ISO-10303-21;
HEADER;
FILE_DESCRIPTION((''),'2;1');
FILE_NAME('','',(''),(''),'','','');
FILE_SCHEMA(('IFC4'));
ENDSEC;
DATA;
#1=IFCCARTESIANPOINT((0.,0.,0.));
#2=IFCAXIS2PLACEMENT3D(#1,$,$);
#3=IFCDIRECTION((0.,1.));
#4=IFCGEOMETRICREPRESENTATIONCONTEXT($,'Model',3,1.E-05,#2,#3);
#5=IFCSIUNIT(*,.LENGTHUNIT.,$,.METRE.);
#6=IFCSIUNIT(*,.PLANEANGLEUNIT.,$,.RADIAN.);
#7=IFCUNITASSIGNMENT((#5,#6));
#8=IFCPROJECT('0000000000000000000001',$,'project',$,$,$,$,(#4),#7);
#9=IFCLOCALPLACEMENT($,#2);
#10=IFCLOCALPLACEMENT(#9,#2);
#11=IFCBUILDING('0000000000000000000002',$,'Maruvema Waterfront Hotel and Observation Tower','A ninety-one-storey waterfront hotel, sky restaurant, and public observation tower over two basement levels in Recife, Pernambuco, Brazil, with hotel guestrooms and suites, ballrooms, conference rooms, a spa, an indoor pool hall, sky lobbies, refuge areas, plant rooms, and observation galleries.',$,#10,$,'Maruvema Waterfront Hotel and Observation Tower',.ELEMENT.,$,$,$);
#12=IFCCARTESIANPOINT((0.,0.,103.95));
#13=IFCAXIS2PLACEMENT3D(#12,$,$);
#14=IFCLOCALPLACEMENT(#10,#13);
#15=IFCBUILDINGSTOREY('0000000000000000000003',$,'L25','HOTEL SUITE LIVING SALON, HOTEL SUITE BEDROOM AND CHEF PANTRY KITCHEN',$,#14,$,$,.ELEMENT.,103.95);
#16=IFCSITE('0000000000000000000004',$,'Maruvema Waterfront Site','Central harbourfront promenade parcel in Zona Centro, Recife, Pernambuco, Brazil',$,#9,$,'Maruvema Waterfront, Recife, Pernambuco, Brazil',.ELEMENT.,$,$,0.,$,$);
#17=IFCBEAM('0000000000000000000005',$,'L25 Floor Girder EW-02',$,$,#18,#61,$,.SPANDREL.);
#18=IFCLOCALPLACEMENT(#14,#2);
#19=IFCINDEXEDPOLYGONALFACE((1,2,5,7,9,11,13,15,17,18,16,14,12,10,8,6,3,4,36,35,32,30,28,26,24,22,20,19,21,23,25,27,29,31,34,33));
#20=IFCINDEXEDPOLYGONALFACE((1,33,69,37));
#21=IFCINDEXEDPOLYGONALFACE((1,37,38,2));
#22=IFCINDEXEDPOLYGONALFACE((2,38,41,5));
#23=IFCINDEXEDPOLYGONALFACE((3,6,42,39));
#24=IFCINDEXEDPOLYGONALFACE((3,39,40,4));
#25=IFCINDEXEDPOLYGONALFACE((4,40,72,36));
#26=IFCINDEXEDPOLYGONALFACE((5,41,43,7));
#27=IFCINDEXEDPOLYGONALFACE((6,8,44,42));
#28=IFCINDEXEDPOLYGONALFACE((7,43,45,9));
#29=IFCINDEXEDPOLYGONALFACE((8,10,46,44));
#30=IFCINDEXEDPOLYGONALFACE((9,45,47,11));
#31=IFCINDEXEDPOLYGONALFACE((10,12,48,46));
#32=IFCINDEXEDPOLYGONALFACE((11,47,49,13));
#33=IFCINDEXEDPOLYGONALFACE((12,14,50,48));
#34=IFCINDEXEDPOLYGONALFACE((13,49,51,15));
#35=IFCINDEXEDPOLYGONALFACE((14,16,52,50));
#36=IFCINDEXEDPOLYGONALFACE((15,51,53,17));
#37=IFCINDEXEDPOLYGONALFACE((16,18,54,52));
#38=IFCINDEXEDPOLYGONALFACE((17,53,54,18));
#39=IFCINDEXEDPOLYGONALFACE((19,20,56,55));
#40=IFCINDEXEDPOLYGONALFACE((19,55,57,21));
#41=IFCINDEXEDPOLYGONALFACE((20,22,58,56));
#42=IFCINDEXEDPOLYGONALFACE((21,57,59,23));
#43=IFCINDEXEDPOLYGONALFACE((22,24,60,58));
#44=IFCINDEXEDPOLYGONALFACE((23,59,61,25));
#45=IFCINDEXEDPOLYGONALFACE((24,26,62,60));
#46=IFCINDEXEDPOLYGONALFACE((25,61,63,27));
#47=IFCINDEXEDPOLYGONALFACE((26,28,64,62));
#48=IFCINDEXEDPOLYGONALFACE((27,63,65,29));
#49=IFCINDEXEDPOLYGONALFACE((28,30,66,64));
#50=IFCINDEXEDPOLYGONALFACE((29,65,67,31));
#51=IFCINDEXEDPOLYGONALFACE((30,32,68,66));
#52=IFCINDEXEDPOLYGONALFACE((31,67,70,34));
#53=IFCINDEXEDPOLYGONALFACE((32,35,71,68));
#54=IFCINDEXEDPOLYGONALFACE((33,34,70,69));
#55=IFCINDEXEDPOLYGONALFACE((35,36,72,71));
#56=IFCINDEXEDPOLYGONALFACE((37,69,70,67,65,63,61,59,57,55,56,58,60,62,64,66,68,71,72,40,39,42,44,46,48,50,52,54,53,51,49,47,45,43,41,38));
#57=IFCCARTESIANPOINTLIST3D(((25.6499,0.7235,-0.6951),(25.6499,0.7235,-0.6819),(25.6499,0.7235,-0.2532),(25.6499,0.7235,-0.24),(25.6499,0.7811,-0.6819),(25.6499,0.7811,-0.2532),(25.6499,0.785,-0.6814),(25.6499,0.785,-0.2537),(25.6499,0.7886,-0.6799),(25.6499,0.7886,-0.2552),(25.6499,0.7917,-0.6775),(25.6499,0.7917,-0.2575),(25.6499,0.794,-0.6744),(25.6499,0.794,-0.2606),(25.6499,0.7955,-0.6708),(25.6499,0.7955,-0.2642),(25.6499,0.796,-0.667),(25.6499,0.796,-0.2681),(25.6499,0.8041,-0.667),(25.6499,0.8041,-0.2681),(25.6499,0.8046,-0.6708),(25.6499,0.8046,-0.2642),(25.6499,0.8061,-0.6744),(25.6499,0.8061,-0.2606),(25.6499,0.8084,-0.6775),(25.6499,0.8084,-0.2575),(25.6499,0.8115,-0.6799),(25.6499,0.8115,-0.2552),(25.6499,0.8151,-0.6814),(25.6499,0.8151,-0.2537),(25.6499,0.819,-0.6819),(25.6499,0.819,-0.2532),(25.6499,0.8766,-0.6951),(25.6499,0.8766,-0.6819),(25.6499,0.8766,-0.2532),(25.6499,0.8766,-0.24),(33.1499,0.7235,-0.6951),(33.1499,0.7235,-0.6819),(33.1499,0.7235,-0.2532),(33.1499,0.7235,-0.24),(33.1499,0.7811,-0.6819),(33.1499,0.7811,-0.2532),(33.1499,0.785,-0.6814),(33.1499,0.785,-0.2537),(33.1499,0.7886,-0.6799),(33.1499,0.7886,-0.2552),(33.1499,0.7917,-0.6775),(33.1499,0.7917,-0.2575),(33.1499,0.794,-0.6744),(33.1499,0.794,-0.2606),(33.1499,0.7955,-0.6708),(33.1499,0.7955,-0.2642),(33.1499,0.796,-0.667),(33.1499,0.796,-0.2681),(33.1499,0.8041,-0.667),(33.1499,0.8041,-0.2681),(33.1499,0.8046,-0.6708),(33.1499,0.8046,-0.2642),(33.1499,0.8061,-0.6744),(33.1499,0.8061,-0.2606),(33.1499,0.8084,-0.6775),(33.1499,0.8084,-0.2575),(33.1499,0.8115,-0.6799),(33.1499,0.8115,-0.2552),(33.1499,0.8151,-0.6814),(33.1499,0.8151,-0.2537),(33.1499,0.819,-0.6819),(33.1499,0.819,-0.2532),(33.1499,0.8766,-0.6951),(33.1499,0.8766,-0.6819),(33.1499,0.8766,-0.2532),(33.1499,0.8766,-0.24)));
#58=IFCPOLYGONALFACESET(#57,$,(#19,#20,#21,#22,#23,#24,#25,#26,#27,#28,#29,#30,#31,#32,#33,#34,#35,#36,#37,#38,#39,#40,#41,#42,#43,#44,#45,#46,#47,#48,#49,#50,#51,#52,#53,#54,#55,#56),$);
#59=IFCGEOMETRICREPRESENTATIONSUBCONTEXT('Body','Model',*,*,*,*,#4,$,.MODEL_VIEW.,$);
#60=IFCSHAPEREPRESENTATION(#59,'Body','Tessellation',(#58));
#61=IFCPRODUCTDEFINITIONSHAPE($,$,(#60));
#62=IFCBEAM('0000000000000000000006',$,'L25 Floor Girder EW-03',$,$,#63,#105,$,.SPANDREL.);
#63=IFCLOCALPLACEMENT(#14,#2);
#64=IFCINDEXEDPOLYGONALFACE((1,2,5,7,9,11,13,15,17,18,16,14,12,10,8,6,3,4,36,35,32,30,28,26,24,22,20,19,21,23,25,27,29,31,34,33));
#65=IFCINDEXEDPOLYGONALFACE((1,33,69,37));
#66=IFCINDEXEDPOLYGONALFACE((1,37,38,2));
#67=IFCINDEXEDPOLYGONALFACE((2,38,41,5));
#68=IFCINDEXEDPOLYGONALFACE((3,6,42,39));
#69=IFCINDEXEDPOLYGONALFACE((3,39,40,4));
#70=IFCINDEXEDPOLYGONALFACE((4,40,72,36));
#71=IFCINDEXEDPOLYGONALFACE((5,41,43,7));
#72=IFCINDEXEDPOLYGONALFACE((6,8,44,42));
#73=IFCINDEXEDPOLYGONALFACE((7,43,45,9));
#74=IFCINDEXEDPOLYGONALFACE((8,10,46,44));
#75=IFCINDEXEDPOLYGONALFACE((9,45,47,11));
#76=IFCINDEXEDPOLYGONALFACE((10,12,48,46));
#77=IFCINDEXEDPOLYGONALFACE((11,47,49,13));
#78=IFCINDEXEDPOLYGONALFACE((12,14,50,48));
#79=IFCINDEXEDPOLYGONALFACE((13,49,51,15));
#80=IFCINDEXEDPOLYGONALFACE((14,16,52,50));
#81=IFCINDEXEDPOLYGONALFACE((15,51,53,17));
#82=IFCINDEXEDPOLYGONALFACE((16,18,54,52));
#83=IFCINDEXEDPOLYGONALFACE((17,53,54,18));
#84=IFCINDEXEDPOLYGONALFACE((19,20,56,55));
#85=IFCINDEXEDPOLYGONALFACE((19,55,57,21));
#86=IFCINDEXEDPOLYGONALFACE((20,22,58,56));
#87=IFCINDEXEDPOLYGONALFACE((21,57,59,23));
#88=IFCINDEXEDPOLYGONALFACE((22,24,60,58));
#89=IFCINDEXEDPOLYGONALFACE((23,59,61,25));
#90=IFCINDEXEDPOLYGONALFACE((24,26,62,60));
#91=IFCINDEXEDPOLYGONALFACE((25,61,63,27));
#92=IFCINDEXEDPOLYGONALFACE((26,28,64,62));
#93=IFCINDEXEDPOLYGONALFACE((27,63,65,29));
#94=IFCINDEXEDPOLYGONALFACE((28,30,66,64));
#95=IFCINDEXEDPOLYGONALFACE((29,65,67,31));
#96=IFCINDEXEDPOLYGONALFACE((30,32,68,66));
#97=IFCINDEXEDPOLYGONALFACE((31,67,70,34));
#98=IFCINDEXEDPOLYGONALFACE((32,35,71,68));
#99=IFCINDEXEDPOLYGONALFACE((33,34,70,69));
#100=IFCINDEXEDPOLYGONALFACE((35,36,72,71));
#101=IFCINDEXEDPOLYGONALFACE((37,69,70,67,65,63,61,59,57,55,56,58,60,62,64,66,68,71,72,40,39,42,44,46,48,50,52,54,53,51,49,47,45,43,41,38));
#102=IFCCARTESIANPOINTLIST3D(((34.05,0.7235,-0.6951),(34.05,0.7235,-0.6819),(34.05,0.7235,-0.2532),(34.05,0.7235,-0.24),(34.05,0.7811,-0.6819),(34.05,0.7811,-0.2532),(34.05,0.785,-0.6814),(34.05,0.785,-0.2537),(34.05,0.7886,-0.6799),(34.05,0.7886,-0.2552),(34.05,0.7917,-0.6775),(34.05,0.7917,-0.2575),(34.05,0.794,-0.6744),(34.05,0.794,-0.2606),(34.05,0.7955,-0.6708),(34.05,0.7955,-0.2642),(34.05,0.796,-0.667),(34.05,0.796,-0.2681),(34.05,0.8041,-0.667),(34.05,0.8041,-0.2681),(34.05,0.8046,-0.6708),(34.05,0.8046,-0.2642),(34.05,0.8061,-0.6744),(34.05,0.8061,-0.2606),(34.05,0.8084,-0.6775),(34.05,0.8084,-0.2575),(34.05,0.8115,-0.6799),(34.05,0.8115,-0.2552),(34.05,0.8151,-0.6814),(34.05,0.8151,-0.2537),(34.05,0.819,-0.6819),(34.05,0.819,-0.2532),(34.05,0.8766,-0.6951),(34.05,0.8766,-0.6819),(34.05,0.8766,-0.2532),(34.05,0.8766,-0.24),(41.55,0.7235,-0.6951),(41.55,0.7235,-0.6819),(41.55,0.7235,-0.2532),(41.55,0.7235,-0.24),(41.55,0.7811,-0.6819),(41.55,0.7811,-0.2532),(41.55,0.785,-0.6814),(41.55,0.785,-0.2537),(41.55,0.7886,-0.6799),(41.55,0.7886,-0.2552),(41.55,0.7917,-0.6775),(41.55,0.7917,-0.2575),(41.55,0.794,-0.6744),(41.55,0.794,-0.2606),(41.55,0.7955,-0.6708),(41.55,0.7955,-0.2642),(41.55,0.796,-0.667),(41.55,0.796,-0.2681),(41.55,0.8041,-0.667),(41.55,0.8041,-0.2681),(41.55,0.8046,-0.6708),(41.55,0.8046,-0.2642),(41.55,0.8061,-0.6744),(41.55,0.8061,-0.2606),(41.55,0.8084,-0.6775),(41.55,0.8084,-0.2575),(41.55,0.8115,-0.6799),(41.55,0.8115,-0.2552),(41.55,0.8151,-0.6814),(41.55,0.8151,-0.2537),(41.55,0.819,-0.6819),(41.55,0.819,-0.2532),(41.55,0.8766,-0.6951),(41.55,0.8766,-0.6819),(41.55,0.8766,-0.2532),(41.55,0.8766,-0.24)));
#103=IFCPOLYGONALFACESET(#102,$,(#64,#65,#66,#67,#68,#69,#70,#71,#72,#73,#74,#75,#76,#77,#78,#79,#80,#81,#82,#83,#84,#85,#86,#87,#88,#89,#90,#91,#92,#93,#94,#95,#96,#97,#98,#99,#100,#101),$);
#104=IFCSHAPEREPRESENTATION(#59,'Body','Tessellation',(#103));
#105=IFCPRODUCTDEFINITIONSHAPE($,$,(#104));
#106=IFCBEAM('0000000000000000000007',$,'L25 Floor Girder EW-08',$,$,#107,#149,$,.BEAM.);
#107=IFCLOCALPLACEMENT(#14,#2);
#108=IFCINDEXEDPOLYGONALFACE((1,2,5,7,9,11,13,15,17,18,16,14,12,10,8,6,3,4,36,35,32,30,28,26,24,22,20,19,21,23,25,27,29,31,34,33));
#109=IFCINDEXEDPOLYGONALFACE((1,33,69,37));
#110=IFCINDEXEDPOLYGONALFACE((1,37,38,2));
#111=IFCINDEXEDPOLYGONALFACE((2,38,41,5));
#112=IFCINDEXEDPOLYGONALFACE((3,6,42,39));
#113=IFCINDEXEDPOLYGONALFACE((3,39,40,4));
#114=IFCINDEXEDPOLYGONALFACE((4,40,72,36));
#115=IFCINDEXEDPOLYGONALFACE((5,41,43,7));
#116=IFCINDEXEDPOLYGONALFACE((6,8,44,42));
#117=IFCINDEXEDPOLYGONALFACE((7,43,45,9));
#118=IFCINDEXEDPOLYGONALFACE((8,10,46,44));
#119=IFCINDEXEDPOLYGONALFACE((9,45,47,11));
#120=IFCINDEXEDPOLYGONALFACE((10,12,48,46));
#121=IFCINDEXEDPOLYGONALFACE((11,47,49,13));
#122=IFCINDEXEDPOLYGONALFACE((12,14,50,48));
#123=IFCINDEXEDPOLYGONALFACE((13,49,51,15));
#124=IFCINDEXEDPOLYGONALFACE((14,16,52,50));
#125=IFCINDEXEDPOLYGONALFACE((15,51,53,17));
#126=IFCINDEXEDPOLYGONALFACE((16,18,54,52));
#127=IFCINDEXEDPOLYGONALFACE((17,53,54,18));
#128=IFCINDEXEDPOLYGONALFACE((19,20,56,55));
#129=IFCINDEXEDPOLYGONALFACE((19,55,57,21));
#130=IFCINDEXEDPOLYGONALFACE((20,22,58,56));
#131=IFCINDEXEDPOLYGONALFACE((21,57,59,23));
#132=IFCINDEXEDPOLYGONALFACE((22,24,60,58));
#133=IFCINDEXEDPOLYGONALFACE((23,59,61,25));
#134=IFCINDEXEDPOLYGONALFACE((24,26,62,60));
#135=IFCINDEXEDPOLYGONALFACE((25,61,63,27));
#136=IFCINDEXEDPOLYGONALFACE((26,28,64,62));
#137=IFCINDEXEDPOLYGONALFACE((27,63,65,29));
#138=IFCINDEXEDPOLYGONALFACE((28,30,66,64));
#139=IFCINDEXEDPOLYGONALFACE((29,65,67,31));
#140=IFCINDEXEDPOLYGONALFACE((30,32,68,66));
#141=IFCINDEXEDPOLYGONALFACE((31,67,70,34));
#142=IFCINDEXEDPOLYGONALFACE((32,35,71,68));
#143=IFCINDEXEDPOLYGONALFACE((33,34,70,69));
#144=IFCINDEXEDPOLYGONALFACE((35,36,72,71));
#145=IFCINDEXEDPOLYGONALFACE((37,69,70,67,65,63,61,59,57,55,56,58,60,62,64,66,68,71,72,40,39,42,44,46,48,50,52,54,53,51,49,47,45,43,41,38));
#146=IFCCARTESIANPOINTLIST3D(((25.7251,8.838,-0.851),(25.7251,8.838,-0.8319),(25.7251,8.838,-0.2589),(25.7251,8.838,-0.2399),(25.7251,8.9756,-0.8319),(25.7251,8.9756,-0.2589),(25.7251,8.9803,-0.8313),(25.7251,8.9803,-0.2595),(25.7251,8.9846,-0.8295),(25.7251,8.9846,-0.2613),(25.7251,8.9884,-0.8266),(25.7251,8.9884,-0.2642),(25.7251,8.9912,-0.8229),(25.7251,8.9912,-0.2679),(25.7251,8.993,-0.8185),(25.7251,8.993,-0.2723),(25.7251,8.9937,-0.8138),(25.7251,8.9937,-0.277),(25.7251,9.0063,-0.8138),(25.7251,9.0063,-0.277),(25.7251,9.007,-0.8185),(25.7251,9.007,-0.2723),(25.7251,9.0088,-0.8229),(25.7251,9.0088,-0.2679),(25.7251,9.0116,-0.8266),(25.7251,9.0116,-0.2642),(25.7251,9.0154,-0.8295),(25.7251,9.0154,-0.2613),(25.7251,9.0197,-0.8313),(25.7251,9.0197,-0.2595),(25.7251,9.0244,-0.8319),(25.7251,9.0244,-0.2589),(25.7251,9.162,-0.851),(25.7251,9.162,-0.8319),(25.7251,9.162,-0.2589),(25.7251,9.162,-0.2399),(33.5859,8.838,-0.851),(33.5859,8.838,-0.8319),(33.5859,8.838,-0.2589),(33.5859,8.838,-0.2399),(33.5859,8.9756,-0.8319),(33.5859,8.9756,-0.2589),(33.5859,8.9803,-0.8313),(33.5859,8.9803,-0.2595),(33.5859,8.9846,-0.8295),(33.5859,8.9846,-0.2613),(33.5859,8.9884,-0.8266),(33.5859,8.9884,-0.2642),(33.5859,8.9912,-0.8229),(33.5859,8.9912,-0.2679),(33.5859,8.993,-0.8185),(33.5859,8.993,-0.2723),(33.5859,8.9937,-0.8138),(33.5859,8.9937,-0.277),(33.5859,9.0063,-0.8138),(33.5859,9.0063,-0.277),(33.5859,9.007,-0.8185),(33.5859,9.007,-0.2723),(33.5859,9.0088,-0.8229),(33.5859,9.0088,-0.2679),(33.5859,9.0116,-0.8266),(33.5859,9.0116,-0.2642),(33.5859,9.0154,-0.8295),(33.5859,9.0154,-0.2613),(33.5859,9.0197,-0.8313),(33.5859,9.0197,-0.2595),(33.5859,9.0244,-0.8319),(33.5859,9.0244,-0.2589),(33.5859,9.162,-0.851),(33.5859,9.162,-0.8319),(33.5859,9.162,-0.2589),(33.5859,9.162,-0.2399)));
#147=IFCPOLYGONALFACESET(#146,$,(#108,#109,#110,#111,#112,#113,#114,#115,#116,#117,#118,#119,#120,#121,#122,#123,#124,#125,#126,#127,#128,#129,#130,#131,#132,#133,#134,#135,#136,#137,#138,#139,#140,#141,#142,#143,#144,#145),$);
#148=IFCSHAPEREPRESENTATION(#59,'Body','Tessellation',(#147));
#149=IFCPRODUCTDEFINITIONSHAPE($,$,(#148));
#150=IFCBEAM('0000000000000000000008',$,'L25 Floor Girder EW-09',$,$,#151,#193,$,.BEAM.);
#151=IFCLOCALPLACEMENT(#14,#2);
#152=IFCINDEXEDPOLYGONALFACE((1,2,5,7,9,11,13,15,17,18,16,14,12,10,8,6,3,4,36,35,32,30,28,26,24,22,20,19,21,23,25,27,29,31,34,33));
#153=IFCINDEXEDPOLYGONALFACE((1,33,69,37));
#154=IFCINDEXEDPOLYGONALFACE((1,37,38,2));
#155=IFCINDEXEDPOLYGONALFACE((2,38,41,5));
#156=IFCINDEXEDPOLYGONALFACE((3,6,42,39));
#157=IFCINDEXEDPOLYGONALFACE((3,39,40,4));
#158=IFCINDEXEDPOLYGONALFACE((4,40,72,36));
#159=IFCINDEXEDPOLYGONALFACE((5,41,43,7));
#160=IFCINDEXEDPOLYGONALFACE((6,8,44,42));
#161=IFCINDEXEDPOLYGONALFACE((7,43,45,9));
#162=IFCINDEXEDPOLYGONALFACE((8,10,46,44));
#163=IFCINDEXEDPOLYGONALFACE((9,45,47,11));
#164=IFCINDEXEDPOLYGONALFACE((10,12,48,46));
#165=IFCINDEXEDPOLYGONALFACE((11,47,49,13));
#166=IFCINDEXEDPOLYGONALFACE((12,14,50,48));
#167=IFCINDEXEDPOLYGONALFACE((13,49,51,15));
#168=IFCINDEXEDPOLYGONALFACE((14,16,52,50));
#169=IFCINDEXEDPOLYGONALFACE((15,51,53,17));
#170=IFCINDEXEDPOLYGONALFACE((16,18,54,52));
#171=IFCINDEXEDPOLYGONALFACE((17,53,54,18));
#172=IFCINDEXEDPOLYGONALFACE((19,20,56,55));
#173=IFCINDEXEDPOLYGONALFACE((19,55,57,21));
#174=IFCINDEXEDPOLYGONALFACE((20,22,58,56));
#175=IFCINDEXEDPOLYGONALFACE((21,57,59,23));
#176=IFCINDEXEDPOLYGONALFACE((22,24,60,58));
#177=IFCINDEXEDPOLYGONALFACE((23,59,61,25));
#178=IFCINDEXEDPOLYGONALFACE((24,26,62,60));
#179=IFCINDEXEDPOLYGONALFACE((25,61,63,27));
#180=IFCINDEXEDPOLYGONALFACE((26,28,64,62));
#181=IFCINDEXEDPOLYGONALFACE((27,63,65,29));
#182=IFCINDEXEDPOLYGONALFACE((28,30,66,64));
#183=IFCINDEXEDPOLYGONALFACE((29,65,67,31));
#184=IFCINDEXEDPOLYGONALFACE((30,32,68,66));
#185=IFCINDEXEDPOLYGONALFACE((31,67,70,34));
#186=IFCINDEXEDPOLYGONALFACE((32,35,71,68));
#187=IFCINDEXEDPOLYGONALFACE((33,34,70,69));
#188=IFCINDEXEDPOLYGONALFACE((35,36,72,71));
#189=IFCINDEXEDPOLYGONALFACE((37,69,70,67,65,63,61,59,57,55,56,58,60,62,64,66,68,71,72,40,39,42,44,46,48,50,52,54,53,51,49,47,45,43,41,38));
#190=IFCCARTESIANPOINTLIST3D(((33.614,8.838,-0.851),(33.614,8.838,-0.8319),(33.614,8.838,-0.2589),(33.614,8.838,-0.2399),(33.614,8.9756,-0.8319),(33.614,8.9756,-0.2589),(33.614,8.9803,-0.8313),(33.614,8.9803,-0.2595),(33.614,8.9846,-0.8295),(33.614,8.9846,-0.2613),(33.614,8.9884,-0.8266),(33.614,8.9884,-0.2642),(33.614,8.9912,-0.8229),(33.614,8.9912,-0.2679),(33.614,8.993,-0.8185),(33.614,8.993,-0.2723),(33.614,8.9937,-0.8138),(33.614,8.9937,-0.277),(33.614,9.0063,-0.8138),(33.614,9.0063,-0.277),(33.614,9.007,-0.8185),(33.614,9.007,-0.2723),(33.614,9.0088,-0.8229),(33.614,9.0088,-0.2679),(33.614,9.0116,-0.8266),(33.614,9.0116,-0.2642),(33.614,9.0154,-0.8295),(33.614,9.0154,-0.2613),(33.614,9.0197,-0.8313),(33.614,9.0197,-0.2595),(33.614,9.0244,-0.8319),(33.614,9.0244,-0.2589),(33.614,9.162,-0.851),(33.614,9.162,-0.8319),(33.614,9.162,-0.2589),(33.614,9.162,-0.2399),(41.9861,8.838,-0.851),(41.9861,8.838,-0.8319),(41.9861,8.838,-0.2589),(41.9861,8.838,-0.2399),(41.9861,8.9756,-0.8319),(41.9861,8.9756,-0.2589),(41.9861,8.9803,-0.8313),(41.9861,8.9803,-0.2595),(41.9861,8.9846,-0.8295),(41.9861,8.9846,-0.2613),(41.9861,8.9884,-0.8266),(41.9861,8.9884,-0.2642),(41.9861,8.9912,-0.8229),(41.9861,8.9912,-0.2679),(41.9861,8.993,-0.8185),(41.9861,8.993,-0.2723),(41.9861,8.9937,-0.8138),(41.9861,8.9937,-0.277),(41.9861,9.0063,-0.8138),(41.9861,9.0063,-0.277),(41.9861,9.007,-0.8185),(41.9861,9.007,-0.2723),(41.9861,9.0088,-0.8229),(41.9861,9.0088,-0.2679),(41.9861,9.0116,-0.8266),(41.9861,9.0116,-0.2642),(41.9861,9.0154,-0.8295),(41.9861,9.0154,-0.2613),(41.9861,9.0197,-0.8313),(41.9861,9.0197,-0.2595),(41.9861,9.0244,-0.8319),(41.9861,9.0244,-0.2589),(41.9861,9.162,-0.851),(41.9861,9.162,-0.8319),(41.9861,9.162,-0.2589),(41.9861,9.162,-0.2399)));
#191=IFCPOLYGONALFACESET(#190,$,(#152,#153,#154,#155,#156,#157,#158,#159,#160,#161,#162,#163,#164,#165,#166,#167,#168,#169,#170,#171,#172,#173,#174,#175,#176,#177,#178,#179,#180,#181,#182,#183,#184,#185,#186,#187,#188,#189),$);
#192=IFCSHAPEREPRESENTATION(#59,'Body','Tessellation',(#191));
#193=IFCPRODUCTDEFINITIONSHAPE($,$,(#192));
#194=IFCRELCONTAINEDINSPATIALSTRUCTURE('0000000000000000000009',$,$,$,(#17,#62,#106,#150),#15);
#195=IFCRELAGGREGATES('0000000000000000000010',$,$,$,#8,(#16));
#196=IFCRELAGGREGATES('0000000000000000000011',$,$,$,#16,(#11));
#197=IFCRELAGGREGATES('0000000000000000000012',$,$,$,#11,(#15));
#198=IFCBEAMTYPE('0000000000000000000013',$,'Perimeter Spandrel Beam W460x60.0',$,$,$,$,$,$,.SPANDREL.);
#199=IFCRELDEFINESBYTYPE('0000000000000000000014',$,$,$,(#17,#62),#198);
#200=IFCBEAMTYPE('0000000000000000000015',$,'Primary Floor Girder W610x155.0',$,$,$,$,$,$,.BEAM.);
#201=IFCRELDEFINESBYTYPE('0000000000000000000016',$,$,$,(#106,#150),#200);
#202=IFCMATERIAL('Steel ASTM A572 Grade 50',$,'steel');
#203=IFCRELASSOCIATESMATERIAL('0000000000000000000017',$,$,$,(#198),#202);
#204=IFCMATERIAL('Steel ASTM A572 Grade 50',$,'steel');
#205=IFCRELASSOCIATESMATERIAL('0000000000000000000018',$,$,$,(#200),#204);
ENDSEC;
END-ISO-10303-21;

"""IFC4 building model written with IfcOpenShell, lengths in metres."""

from ifc_helpers import new_model, si_unit, direction, frame, origin, origin_2d, place, context, subcontext, project, spatial, i_section, extrude, material, material_profile, profile_set, type_object, element, save


model = new_model("IFC4")

# Units and contexts
model_context = context("Model", 3, precision=1e-05, world=origin(), true_north=direction((0.0, 1.0)))
body_context = subcontext(model_context, "Body", "Model", "MODEL_VIEW")
ifc_project = project(units=[si_unit("LENGTHUNIT", "METRE"), si_unit("PLANEANGLEUNIT", "RADIAN")], contexts=[model_context])

# Site, building, storey
site_placement = place(None, origin())
site = spatial("IfcSite", under=ifc_project, at=site_placement, Name="Maruvema Waterfront Site", Description="Central harbourfront promenade parcel in Zona Centro, Recife, Pernambuco, Brazil", LongName="Maruvema Waterfront, Recife, Pernambuco, Brazil", CompositionType="ELEMENT", RefElevation=0.0)
building_placement = place(site_placement, origin())
building = spatial("IfcBuilding", under=site, at=building_placement, Name="Maruvema Waterfront Hotel and Observation Tower", Description="A ninety-one-storey waterfront hotel, sky restaurant, and public observation tower over two basement levels in Recife, Pernambuco, Brazil, with hotel guestrooms and suites, ballrooms, conference rooms, a spa, an indoor pool hall, sky lobbies, refuge areas, plant rooms, and observation galleries.", LongName="Maruvema Waterfront Hotel and Observation Tower", CompositionType="ELEMENT")
storey_placement = place(building_placement, frame((0.0, 0.0, 103.95)))
storey = spatial("IfcBuildingStorey", under=building, at=storey_placement, Name="L25", Description="HOTEL SUITE LIVING SALON, HOTEL SUITE BEDROOM AND CHEF PANTRY KITCHEN", CompositionType="ELEMENT", Elevation=103.95)

# Beams
ifc_material_1 = material(Name="Steel ASTM A572 Grade 50", Category="steel")
ifc_material_profile_1 = material_profile(ifc_material_1, i_section(OverallWidth=0.1531, OverallDepth=0.4551, WebThickness=0.0081, FlangeThickness=0.0132, FilletRadius=0.0149, at=origin_2d()), Name="W460x60.0")
ifc_profile_set_1 = profile_set([ifc_material_profile_1], Name="Steel ASTM A572 Grade 50")
beam_type_1 = type_object("IfcBeamType", Name="Perimeter Spandrel Beam W460x60.0", PredefinedType="SPANDREL", material=ifc_profile_set_1)
for number, where, z_axis, x_axis, name in (
    (1, (25.6499, 0.8, -0.4675), (1.0, 0.0, 0.0), (0.0, 1.0, 0.0), "L25 Floor Girder EW-02"),
    (2, (34.05, 0.8, -0.4675), (1.0, 0.0, 0.0), (0.0, 1.0, 0.0), "L25 Floor Girder EW-03"),
):
    element("IfcBeam", number, at=place(storey_placement, frame(where, z_axis=z_axis, x_axis=x_axis)), inside=storey, type_object=beam_type_1, Name=name, PredefinedType="SPANDREL", context=body_context, shape_type="SweptSolid", body=[
        extrude(i_section(OverallWidth=0.1531, OverallDepth=0.4551, WebThickness=0.0081, FlangeThickness=0.0132, FilletRadius=0.0149, at=origin_2d()), origin(), (0.0, 0.0, 1.0), 7.5),
    ])
ifc_material_2 = material(Name="Steel ASTM A572 Grade 50", Category="steel")
ifc_material_profile_2 = material_profile(ifc_material_2, i_section(OverallWidth=0.324, OverallDepth=0.6111, WebThickness=0.0127, FlangeThickness=0.019, FilletRadius=0.0181, at=origin_2d()), Name="W610x155.0")
ifc_profile_set_2 = profile_set([ifc_material_profile_2], Name="Steel ASTM A572 Grade 50")
beam_type_2 = type_object("IfcBeamType", Name="Primary Floor Girder W610x155.0", PredefinedType="BEAM", material=ifc_profile_set_2)
beam_1_placement = place(storey_placement, frame((25.7251, 9.0, -0.5454), z_axis=(1.0, 0.0, 0.0), x_axis=(0.0, 1.0, 0.0)))
element("IfcBeam", 3, at=beam_1_placement, inside=storey, type_object=beam_type_2, Name="L25 Floor Girder EW-08", PredefinedType="BEAM", context=body_context, shape_type="SweptSolid", body=[
    extrude(i_section(OverallWidth=0.324, OverallDepth=0.6111, WebThickness=0.0127, FlangeThickness=0.019, FilletRadius=0.0181, at=origin_2d()), origin(), (0.0, 0.0, 1.0), 7.8608),
])
beam_2_placement = place(storey_placement, frame((33.614, 9.0, -0.5454), z_axis=(1.0, 0.0, 0.0), x_axis=(0.0, 1.0, 0.0)))
element("IfcBeam", 4, at=beam_2_placement, inside=storey, type_object=beam_type_2, Name="L25 Floor Girder EW-09", PredefinedType="BEAM", context=body_context, shape_type="SweptSolid", body=[
    extrude(i_section(OverallWidth=0.324, OverallDepth=0.6111, WebThickness=0.0127, FlangeThickness=0.019, FilletRadius=0.0181, at=origin_2d()), origin(), (0.0, 0.0, 1.0), 8.3721),
])

save(model, "model.ifc")
